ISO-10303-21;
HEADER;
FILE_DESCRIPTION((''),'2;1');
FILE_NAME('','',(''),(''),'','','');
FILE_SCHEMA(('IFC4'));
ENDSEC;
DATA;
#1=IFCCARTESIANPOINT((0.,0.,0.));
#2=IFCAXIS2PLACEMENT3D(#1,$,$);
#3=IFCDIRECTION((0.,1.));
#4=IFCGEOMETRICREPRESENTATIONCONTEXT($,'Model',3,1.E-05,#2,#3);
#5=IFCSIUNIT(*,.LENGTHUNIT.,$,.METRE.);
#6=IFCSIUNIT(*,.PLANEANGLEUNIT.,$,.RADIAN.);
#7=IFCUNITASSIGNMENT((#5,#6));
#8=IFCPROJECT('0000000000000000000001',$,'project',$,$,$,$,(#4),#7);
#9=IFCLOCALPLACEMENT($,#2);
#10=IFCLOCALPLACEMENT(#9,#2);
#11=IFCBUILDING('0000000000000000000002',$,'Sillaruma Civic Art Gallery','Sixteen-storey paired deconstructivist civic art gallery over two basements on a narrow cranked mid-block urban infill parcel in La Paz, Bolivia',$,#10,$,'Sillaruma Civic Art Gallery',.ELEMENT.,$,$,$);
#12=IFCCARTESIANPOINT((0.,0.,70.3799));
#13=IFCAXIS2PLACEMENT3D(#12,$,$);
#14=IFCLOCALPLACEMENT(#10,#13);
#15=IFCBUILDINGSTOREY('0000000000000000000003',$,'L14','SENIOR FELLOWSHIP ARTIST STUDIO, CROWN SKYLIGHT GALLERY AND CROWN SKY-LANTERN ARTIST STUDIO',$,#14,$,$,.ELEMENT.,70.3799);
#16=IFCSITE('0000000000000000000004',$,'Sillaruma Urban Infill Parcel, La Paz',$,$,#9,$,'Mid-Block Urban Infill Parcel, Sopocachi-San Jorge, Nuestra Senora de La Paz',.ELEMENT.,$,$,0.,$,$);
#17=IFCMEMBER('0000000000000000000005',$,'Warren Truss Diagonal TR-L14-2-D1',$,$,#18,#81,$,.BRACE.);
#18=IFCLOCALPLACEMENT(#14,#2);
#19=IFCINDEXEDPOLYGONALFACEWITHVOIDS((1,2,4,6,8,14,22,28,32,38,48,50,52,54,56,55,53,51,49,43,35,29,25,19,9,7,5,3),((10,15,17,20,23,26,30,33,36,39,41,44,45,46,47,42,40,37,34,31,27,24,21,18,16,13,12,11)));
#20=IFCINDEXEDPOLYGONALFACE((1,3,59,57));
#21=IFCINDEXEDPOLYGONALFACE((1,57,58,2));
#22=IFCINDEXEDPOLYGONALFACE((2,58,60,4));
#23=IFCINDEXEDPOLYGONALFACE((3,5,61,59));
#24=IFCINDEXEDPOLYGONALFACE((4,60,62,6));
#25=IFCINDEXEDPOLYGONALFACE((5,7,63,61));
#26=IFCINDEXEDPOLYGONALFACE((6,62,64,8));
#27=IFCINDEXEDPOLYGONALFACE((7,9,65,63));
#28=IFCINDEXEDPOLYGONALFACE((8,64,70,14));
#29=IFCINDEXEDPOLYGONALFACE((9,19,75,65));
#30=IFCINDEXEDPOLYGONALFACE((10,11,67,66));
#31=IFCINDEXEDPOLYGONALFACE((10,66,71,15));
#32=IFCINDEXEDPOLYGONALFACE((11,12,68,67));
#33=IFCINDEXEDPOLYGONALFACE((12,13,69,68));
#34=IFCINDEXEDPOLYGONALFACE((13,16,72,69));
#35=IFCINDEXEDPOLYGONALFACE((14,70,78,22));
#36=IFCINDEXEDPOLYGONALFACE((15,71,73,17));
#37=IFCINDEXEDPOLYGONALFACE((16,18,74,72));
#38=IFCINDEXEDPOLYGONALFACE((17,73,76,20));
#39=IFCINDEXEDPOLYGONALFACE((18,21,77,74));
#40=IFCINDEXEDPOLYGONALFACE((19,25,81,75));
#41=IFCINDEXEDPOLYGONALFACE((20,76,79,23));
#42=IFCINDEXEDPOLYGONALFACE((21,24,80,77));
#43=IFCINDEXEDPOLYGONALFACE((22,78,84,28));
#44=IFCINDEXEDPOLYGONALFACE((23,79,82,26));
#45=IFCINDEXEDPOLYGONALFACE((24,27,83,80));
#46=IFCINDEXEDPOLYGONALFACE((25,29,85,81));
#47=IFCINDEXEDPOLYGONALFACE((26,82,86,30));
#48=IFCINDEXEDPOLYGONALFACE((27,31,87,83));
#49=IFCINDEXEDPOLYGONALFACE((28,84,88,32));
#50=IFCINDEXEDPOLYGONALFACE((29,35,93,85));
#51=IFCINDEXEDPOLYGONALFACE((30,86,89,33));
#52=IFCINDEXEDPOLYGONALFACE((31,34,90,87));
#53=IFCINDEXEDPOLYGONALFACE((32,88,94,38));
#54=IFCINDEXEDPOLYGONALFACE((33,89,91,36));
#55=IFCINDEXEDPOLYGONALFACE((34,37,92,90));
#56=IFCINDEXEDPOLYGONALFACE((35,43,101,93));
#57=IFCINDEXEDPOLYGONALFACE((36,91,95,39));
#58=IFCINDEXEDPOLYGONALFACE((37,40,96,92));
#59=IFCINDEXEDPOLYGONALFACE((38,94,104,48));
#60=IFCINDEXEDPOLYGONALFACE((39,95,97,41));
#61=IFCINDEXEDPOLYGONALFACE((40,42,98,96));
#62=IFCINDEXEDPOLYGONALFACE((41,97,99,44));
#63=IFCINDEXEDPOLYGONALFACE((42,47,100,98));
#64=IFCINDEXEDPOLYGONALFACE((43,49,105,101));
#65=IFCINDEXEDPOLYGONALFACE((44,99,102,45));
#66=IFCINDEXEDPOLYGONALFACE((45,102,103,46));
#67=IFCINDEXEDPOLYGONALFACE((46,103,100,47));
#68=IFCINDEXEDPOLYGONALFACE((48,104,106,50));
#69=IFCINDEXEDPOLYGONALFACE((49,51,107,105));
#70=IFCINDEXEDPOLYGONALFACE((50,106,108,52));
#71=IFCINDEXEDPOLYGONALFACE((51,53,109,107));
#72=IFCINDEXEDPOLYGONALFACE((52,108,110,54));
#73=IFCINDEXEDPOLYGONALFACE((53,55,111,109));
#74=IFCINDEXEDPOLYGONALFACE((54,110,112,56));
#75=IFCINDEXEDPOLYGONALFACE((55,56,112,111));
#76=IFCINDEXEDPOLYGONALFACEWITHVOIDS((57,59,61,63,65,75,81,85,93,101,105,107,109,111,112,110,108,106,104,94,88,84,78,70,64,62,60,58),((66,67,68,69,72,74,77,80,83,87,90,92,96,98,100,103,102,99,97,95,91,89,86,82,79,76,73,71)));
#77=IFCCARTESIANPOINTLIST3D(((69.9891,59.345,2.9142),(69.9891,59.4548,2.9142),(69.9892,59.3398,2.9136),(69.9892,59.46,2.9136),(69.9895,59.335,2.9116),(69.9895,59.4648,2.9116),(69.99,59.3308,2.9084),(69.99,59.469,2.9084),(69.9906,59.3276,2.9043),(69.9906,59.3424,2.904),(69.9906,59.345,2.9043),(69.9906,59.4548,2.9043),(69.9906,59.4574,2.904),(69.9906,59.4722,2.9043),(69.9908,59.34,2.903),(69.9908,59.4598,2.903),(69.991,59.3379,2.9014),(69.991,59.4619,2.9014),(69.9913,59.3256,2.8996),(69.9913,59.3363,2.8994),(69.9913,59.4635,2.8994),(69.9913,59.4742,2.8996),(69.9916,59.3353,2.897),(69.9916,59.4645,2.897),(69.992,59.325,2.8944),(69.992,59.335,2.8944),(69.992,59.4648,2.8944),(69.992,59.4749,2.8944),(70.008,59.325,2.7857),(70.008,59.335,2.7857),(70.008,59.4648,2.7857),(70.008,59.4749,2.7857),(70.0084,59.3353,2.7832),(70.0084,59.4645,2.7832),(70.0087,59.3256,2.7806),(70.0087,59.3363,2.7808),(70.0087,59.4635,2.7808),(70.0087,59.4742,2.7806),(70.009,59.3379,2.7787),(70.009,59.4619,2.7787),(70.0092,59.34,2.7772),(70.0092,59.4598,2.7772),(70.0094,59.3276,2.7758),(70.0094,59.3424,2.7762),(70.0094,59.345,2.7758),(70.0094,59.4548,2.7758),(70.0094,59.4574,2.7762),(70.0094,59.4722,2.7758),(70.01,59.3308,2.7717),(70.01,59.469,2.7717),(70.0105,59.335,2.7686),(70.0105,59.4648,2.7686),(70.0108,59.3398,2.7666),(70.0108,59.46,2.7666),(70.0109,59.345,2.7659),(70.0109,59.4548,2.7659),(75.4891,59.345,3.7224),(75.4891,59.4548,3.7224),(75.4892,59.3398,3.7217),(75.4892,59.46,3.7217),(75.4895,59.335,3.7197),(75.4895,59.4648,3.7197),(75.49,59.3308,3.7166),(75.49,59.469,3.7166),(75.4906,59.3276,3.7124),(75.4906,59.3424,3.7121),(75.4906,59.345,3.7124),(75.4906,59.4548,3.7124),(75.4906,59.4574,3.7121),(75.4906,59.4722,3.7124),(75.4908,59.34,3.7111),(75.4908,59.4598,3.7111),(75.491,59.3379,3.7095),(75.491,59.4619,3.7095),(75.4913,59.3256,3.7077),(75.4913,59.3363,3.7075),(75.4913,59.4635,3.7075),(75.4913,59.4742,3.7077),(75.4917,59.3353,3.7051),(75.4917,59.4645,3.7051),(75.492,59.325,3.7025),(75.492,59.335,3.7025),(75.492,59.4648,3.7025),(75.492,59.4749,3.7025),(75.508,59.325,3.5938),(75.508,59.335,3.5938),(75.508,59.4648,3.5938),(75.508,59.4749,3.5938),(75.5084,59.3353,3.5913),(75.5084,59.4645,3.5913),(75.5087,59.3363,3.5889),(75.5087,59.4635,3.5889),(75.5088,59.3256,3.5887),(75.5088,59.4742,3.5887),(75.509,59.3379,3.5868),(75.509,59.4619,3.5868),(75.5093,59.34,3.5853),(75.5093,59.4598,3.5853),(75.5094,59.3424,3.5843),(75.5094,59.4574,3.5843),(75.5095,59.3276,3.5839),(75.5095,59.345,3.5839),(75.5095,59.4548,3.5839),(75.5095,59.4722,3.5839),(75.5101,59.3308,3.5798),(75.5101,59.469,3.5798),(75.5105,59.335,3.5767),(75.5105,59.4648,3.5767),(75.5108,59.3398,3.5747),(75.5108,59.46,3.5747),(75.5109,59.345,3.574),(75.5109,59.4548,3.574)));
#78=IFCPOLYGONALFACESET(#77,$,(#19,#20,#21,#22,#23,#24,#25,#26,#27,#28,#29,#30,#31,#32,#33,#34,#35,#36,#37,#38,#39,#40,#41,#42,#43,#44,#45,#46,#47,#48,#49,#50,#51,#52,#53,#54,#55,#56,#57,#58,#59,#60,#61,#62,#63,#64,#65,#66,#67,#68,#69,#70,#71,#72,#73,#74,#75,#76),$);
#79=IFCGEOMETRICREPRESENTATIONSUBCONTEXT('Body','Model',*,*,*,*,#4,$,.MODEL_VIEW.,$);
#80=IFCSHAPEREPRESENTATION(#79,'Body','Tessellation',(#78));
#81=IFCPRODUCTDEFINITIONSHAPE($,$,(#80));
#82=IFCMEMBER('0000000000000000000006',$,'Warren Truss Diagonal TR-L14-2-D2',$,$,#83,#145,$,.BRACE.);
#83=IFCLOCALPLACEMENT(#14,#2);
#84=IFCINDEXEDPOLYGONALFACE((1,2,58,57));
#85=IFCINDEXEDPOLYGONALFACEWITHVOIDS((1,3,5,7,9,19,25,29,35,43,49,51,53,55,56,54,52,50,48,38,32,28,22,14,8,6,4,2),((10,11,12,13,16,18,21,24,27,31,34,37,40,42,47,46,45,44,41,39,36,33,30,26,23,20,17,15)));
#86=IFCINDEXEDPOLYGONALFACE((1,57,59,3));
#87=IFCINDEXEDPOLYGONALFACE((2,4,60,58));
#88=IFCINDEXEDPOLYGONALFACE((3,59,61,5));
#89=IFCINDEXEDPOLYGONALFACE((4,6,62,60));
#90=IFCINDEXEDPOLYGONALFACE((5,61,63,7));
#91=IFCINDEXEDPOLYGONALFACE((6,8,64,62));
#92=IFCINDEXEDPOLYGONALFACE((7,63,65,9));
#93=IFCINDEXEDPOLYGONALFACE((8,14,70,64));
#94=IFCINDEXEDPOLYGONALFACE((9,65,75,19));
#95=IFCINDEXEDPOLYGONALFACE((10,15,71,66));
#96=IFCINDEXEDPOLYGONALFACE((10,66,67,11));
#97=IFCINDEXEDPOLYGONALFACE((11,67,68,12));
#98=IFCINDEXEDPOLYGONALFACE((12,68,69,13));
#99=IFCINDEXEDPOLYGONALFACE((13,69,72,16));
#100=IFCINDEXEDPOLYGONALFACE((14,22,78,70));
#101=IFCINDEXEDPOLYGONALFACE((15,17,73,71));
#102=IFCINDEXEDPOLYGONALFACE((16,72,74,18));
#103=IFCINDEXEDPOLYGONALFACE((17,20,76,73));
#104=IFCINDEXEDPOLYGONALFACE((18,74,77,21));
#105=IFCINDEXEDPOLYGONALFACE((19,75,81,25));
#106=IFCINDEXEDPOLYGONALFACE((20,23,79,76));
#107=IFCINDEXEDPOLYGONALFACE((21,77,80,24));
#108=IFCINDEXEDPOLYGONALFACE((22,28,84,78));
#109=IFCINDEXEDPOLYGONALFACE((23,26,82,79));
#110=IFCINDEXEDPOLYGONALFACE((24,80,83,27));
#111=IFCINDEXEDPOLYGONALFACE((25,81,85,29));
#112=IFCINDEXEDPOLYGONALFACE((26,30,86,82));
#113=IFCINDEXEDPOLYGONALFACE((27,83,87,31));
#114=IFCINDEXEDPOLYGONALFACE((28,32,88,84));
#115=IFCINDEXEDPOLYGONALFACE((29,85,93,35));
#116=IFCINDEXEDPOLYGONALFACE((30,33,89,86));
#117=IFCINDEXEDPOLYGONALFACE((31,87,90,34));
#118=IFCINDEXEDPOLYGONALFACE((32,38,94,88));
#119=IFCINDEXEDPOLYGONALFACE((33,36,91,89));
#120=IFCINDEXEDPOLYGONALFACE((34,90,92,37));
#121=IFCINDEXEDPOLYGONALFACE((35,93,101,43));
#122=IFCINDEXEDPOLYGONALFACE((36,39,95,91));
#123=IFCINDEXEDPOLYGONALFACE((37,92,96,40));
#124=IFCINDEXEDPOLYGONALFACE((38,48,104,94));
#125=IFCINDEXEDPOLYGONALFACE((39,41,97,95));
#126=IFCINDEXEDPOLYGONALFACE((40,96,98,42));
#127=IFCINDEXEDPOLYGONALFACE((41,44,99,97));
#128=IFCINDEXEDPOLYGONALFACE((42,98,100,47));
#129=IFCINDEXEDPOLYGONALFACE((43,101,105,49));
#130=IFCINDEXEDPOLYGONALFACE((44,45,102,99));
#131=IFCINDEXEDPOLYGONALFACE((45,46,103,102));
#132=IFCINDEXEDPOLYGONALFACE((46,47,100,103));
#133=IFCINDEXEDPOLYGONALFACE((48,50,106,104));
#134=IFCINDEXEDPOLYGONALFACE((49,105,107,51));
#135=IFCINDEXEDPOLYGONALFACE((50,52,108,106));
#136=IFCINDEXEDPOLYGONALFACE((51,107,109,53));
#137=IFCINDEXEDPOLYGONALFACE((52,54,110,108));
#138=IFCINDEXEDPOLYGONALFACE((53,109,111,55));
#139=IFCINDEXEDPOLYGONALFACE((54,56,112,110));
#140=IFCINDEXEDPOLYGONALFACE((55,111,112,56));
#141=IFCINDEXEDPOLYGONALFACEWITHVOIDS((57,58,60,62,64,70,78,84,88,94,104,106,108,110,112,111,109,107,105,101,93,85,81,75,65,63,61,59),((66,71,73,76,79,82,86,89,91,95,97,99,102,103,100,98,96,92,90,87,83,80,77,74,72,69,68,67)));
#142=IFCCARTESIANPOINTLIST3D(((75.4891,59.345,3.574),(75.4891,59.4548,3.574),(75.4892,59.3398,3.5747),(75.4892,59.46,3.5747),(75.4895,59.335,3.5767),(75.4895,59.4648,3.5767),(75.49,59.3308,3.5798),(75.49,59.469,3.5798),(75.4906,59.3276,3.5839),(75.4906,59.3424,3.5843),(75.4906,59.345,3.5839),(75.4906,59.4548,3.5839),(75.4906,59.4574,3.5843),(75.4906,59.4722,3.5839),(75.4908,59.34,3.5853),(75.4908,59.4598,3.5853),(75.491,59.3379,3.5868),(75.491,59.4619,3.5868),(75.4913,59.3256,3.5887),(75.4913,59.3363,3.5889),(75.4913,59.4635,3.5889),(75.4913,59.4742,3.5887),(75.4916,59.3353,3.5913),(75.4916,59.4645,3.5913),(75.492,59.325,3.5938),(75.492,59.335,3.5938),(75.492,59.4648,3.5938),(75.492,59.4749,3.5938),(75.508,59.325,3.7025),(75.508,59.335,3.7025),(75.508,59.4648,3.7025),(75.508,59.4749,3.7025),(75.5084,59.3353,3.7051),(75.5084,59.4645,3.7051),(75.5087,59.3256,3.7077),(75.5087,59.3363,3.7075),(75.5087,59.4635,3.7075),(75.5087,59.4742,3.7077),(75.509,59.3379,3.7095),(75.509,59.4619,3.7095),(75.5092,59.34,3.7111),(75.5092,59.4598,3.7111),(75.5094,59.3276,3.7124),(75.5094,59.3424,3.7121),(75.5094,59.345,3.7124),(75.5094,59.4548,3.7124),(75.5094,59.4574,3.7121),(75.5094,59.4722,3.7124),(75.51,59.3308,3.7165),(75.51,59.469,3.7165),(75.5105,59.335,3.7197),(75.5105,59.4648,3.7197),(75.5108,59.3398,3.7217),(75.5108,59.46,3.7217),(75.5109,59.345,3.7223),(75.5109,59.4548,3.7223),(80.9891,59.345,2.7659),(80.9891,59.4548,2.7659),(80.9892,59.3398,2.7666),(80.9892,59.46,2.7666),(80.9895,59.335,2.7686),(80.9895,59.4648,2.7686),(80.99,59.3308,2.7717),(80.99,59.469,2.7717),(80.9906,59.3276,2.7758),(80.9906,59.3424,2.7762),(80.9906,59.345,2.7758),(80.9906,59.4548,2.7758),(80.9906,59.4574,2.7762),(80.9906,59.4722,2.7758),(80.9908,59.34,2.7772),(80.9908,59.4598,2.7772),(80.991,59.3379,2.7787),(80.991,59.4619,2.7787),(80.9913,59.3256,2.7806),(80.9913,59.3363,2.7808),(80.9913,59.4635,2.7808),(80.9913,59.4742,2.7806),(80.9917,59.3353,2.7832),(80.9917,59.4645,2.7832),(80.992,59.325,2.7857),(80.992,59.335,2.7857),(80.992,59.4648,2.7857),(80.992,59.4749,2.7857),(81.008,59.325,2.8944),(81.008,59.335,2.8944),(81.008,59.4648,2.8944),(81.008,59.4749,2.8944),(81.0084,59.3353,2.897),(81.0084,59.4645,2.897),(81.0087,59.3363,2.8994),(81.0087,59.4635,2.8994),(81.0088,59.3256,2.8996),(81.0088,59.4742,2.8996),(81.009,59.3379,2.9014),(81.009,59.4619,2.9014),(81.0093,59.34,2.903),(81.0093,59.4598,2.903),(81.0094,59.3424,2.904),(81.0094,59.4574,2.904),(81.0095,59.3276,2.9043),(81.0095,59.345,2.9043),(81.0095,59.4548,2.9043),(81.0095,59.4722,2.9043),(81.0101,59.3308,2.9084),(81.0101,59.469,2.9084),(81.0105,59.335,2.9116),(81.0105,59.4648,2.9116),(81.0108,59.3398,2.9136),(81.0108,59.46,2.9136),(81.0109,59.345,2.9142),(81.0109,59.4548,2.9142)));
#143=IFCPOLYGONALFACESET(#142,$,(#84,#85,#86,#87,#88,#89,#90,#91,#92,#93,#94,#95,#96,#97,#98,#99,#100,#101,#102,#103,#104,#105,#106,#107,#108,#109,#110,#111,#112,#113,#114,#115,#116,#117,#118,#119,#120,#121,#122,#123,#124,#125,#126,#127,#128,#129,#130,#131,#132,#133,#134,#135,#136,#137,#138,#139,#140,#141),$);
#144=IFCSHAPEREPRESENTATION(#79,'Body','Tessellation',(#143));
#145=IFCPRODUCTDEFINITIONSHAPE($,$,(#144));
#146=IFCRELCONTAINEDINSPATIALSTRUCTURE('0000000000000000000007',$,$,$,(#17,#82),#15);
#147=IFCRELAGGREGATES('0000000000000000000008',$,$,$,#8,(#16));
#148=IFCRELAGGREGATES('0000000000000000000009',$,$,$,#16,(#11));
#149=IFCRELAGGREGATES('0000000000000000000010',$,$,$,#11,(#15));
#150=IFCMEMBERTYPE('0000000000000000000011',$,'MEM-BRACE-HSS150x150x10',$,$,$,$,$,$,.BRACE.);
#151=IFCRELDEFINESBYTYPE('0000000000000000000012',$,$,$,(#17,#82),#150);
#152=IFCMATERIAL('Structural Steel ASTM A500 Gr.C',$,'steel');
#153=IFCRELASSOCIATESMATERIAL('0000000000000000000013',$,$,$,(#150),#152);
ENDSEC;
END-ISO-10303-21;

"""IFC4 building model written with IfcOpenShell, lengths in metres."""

from ifc_helpers import new_model, si_unit, direction, frame, origin, origin_2d, place, context, subcontext, project, spatial, hollow_rectangle, extrude, material, material_profile, profile_set, type_object, element, save


model = new_model("IFC4")

# Units and contexts
model_context = context("Model", 3, precision=1e-05, world=origin(), true_north=direction((0.0, 1.0)))
body_context = subcontext(model_context, "Body", "Model", "MODEL_VIEW")
ifc_project = project(units=[si_unit("LENGTHUNIT", "METRE"), si_unit("PLANEANGLEUNIT", "RADIAN")], contexts=[model_context])

# Site, building, storey
site_placement = place(None, origin())
site = spatial("IfcSite", under=ifc_project, at=site_placement, Name="Sillaruma Urban Infill Parcel, La Paz", LongName="Mid-Block Urban Infill Parcel, Sopocachi-San Jorge, Nuestra Senora de La Paz", CompositionType="ELEMENT", RefElevation=0.0)
building_placement = place(site_placement, origin())
building = spatial("IfcBuilding", under=site, at=building_placement, Name="Sillaruma Civic Art Gallery", Description="Sixteen-storey paired deconstructivist civic art gallery over two basements on a narrow cranked mid-block urban infill parcel in La Paz, Bolivia", LongName="Sillaruma Civic Art Gallery", CompositionType="ELEMENT")
storey_placement = place(building_placement, frame((0.0, 0.0, 70.3799)))
storey = spatial("IfcBuildingStorey", under=building, at=storey_placement, Name="L14", Description="SENIOR FELLOWSHIP ARTIST STUDIO, CROWN SKYLIGHT GALLERY AND CROWN SKY-LANTERN ARTIST STUDIO", CompositionType="ELEMENT", Elevation=70.3799)

# Members
ifc_material_1 = material(Name="Structural Steel ASTM A500 Gr.C", Category="steel")
ifc_material_profile_1 = material_profile(ifc_material_1, hollow_rectangle(XDim=0.1499, YDim=0.1499, WallThickness=0.01, InnerFilletRadius=0.01, OuterFilletRadius=0.02, at=origin_2d()), Name="HSS150x150x10")
ifc_profile_set_1 = profile_set([ifc_material_profile_1], Name="Structural Steel ASTM A500 Gr.C")
member_type_1 = type_object("IfcMemberType", Name="MEM-BRACE-HSS150x150x10", PredefinedType="BRACE", material=ifc_profile_set_1)
for number, where, z_axis, x_axis, name in (
    (1, (70.0, 59.3999, 2.8401), (0.989378, 0.0, 0.145368), (0.0, 1.0, 0.0), "Warren Truss Diagonal TR-L14-2-D1"),
    (2, (75.5, 59.3999, 3.6482), (0.989378, 0.0, -0.145368), (0.0, 1.0, 0.0), "Warren Truss Diagonal TR-L14-2-D2"),
):
    element("IfcMember", number, at=place(storey_placement, frame(where, z_axis=z_axis, x_axis=x_axis)), inside=storey, type_object=member_type_1, Name=name, PredefinedType="BRACE", context=body_context, shape_type="SweptSolid", body=[
        extrude(hollow_rectangle(XDim=0.1499, YDim=0.1499, WallThickness=0.01, InnerFilletRadius=0.01, OuterFilletRadius=0.02, at=origin_2d()), origin(), (0.0, 0.0, 1.0), 5.5591),
    ])

save(model, "model.ifc")
